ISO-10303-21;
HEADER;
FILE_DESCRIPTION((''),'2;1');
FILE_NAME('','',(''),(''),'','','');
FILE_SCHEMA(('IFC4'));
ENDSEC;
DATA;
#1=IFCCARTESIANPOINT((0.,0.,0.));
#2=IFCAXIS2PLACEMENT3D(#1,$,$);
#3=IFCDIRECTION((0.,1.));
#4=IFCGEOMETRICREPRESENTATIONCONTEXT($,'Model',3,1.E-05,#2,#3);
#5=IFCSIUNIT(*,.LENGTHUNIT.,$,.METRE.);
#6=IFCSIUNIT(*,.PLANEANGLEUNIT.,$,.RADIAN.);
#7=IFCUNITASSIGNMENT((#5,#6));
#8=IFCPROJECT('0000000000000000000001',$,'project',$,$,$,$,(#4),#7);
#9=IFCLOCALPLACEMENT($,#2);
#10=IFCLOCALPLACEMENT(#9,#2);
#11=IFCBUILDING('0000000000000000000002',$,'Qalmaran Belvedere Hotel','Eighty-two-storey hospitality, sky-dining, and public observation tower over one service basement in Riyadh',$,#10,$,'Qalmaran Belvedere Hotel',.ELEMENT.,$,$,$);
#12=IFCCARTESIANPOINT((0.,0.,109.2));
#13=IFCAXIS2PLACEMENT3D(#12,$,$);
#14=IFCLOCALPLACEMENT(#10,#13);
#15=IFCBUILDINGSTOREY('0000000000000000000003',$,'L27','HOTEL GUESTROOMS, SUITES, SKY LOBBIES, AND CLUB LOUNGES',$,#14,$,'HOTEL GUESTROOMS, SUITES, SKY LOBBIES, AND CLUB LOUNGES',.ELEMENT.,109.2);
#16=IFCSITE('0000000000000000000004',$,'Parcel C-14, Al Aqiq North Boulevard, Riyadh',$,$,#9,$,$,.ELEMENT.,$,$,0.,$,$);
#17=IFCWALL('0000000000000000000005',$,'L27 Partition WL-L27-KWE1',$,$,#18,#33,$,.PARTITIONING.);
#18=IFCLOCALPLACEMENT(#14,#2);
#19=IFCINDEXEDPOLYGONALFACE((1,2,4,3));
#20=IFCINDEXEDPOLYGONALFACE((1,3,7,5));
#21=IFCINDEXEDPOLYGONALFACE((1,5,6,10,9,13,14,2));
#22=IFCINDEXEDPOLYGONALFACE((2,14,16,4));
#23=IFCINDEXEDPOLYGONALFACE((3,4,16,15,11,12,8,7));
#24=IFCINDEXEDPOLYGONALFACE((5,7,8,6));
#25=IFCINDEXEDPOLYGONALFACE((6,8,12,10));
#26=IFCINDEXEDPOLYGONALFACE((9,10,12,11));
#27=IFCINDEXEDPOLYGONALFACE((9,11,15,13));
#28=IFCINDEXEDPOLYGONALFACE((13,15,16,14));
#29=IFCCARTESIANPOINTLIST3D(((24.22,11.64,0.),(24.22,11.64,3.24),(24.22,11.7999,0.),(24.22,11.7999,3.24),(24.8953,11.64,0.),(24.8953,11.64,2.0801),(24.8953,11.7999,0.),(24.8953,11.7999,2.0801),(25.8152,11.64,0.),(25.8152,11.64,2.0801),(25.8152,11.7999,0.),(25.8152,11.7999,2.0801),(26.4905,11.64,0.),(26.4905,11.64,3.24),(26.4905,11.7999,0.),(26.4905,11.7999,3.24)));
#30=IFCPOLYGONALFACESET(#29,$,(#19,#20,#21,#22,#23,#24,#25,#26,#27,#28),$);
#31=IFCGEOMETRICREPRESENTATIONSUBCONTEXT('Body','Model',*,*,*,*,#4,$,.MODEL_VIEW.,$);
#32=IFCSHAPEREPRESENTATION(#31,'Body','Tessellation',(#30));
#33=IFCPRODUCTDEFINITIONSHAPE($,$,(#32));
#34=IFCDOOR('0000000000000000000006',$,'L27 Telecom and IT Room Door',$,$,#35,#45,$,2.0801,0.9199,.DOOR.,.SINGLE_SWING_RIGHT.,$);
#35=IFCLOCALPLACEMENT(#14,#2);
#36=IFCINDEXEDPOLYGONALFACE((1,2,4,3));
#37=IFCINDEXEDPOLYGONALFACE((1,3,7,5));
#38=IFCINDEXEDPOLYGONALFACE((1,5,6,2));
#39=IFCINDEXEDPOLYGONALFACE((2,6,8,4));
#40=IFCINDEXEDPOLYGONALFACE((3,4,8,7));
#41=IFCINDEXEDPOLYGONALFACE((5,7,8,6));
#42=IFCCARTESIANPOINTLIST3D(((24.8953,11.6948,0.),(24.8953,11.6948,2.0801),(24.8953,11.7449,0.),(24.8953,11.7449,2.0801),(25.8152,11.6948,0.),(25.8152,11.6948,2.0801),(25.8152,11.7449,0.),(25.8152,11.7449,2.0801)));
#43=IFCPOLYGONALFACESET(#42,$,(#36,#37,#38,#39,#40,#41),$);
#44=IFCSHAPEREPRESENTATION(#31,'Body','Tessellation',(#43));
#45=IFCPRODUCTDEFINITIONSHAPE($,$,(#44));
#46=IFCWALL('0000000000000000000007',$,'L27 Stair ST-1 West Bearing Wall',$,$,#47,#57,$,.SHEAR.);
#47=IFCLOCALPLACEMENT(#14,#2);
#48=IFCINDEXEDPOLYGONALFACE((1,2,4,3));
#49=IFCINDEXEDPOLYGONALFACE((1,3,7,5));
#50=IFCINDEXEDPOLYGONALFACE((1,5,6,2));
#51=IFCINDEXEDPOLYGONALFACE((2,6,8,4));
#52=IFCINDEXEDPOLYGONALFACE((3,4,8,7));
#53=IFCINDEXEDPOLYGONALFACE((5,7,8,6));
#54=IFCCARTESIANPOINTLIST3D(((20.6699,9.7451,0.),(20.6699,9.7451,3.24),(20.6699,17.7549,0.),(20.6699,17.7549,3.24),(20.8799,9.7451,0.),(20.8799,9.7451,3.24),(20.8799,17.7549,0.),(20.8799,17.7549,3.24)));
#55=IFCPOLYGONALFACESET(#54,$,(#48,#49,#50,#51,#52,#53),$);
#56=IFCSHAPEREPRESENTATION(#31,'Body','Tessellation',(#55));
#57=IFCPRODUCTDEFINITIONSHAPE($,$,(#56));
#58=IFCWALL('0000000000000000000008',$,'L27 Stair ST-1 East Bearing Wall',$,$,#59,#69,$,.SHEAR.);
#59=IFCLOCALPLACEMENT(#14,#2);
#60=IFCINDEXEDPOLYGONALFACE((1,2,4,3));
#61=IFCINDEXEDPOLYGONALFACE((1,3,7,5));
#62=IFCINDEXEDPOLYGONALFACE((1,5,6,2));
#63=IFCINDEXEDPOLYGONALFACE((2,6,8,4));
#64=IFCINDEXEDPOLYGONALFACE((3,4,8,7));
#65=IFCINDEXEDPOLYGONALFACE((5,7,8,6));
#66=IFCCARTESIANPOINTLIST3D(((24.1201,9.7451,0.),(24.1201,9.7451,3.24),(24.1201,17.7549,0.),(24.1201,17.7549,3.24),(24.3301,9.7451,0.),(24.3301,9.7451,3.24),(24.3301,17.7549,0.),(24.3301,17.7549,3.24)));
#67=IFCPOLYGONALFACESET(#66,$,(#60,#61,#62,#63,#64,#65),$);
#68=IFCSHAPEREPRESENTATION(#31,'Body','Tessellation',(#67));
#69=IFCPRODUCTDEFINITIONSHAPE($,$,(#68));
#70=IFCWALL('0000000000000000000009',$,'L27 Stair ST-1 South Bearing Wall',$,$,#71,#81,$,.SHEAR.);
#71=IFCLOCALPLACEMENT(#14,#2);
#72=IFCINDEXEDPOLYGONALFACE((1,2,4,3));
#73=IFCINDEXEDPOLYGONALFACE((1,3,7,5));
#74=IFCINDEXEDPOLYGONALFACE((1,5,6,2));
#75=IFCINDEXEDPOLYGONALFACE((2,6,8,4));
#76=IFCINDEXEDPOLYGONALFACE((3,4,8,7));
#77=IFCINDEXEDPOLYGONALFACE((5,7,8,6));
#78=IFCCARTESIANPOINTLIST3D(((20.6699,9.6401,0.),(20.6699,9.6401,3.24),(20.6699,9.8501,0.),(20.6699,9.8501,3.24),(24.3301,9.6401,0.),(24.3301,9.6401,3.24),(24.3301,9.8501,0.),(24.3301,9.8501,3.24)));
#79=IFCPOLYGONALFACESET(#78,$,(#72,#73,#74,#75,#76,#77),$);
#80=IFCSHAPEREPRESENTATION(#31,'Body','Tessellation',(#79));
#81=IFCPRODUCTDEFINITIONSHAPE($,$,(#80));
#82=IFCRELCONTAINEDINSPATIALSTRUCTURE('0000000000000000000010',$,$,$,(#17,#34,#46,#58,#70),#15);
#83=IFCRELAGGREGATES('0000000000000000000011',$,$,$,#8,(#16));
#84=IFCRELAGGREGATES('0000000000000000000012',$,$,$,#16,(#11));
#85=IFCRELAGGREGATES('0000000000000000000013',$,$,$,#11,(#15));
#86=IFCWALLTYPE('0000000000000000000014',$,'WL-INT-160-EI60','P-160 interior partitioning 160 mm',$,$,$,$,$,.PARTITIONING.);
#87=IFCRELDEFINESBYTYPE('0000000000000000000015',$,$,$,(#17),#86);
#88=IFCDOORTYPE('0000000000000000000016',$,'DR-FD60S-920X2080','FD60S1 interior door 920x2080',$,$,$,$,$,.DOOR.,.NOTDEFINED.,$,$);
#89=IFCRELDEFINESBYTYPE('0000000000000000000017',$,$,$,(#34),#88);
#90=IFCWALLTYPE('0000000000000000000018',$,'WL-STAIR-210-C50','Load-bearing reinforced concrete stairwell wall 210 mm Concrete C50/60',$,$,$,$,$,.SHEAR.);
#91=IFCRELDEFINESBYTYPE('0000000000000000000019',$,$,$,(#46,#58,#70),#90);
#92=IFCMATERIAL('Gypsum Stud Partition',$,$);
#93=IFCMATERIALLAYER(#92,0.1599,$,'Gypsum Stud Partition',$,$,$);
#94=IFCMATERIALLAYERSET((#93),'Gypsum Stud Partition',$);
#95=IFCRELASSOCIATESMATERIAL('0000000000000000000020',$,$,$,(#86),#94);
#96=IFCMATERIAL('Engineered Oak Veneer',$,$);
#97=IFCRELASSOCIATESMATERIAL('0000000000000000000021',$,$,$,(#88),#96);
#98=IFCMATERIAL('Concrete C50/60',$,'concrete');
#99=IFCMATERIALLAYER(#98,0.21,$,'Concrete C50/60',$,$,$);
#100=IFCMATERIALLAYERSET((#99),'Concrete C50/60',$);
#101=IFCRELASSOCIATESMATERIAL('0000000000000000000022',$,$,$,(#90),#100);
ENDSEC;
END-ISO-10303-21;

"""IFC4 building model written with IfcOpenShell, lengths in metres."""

from ifc_helpers import new_model, si_unit, direction, frame, frame_2d, origin, place, context, subcontext, project, spatial, rectangle, extrude, material, layer, layer_set, type_object, element, fill, save


model = new_model("IFC4")

# Units and contexts
model_context = context("Model", 3, precision=1e-05, world=origin(), true_north=direction((0.0, 1.0)))
body_context = subcontext(model_context, "Body", "Model", "MODEL_VIEW")
ifc_project = project(units=[si_unit("LENGTHUNIT", "METRE"), si_unit("PLANEANGLEUNIT", "RADIAN")], contexts=[model_context])

# Site, building, storey
site_placement = place(None, origin())
site = spatial("IfcSite", under=ifc_project, at=site_placement, Name="Parcel C-14, Al Aqiq North Boulevard, Riyadh", CompositionType="ELEMENT", RefElevation=0.0)
building_placement = place(site_placement, origin())
building = spatial("IfcBuilding", under=site, at=building_placement, Name="Qalmaran Belvedere Hotel", Description="Eighty-two-storey hospitality, sky-dining, and public observation tower over one service basement in Riyadh", LongName="Qalmaran Belvedere Hotel", CompositionType="ELEMENT")
storey_placement = place(building_placement, frame((0.0, 0.0, 109.2)))
storey = spatial("IfcBuildingStorey", under=building, at=storey_placement, Name="L27", Description="HOTEL GUESTROOMS, SUITES, SKY LOBBIES, AND CLUB LOUNGES", LongName="HOTEL GUESTROOMS, SUITES, SKY LOBBIES, AND CLUB LOUNGES", CompositionType="ELEMENT", Elevation=109.2)

# Shared definitions
ifc_material_1 = material(Name="Concrete C50/60", Category="concrete")
ifc_material_2 = material(Name="Gypsum Stud Partition")

# Wall, opening, door
ifc_layer_1 = layer(ifc_material_2, 0.1599, Name="Gypsum Stud Partition")
ifc_layer_set_1 = layer_set([ifc_layer_1], Name="Gypsum Stud Partition")
wall_type_1 = type_object("IfcWallType", Name="WL-INT-160-EI60", Description="P-160 interior partitioning 160 mm", PredefinedType="PARTITIONING", material=ifc_layer_set_1)
wall_1_placement = place(storey_placement, frame((24.22, 11.72, 0.0), z_axis=(0.0, 0.0, 1.0), x_axis=(1.0, 0.0, 0.0)))
wall_1 = element("IfcWall", 1, at=wall_1_placement, inside=storey, type_object=wall_type_1, Name="L27 Partition WL-L27-KWE1", PredefinedType="PARTITIONING", context=body_context, shape_type="SweptSolid", body=[
    extrude(rectangle(XDim=2.2705, YDim=0.1599, at=frame_2d((1.1353, 0.0))), origin(), (0.0, 0.0, 1.0), 3.24),
])
opening_1_placement = place(wall_1_placement, frame((0.6753, 0.0, 0.0)))
opening_1 = element("IfcOpeningElement", 2, at=opening_1_placement, cuts=wall_1, PredefinedType="OPENING", context=body_context, shape_type="SweptSolid", body=[
    extrude(rectangle(XDim=0.9199, YDim=2.0801, at=frame_2d((0.46, 1.04))), frame((0.0, 0.0898, 0.0), z_axis=(0.0, -1.0, 0.0), x_axis=(1.0, 0.0, 0.0)), (0.0, 0.0, 1.0), 0.1799),
])
ifc_material_3 = material(Name="Engineered Oak Veneer")
door_type_1 = type_object("IfcDoorType", Name="DR-FD60S-920X2080", Description="FD60S1 interior door 920x2080", OperationType="NOTDEFINED", PredefinedType="DOOR", material=ifc_material_3)
door_1_placement = place(opening_1_placement, origin())
door_1 = element("IfcDoor", 3, at=door_1_placement, inside=storey, type_object=door_type_1, Name="L27 Telecom and IT Room Door", OperationType="SINGLE_SWING_RIGHT", OverallHeight=2.0801, OverallWidth=0.9199, PredefinedType="DOOR", context=body_context, shape_type="SweptSolid", body=[
    extrude(rectangle(XDim=0.9199, YDim=2.0801, at=frame_2d((0.46, 1.04))), frame((0.0, 0.0249, 0.0), z_axis=(0.0, -1.0, 0.0), x_axis=(1.0, 0.0, 0.0)), (0.0, 0.0, 1.0), 0.05),
])
fill(opening_1, door_1)

# Walls
ifc_layer_2 = layer(ifc_material_1, 0.21, Name="Concrete C50/60")
ifc_layer_set_2 = layer_set([ifc_layer_2], Name="Concrete C50/60")
wall_type_2 = type_object("IfcWallType", Name="WL-STAIR-210-C50", Description="Load-bearing reinforced concrete stairwell wall 210 mm Concrete C50/60", PredefinedType="SHEAR", material=ifc_layer_set_2)
for number, where, z_axis, x_axis, name in (
    (4, (20.7749, 9.7451, 0.0), (0.0, 0.0, 1.0), (0.0, 1.0, 0.0), "L27 Stair ST-1 West Bearing Wall"),
    (5, (24.2251, 9.7451, 0.0), (0.0, 0.0, 1.0), (0.0, 1.0, 0.0), "L27 Stair ST-1 East Bearing Wall"),
):
    element("IfcWall", number, at=place(storey_placement, frame(where, z_axis=z_axis, x_axis=x_axis)), inside=storey, type_object=wall_type_2, Name=name, PredefinedType="SHEAR", context=body_context, shape_type="SweptSolid", body=[
        extrude(rectangle(XDim=8.0098, YDim=0.21, at=frame_2d((4.0049, 0.0))), origin(), (0.0, 0.0, 1.0), 3.24),
    ])
wall_2_placement = place(storey_placement, frame((20.6699, 9.7451, 0.0), z_axis=(0.0, 0.0, 1.0), x_axis=(1.0, 0.0, 0.0)))
element("IfcWall", 6, at=wall_2_placement, inside=storey, type_object=wall_type_2, Name="L27 Stair ST-1 South Bearing Wall", PredefinedType="SHEAR", context=body_context, shape_type="SweptSolid", body=[
    extrude(rectangle(XDim=3.6602, YDim=0.21, at=frame_2d((1.8301, 0.0))), origin(), (0.0, 0.0, 1.0), 3.24),
])

save(model, "model.ifc")
